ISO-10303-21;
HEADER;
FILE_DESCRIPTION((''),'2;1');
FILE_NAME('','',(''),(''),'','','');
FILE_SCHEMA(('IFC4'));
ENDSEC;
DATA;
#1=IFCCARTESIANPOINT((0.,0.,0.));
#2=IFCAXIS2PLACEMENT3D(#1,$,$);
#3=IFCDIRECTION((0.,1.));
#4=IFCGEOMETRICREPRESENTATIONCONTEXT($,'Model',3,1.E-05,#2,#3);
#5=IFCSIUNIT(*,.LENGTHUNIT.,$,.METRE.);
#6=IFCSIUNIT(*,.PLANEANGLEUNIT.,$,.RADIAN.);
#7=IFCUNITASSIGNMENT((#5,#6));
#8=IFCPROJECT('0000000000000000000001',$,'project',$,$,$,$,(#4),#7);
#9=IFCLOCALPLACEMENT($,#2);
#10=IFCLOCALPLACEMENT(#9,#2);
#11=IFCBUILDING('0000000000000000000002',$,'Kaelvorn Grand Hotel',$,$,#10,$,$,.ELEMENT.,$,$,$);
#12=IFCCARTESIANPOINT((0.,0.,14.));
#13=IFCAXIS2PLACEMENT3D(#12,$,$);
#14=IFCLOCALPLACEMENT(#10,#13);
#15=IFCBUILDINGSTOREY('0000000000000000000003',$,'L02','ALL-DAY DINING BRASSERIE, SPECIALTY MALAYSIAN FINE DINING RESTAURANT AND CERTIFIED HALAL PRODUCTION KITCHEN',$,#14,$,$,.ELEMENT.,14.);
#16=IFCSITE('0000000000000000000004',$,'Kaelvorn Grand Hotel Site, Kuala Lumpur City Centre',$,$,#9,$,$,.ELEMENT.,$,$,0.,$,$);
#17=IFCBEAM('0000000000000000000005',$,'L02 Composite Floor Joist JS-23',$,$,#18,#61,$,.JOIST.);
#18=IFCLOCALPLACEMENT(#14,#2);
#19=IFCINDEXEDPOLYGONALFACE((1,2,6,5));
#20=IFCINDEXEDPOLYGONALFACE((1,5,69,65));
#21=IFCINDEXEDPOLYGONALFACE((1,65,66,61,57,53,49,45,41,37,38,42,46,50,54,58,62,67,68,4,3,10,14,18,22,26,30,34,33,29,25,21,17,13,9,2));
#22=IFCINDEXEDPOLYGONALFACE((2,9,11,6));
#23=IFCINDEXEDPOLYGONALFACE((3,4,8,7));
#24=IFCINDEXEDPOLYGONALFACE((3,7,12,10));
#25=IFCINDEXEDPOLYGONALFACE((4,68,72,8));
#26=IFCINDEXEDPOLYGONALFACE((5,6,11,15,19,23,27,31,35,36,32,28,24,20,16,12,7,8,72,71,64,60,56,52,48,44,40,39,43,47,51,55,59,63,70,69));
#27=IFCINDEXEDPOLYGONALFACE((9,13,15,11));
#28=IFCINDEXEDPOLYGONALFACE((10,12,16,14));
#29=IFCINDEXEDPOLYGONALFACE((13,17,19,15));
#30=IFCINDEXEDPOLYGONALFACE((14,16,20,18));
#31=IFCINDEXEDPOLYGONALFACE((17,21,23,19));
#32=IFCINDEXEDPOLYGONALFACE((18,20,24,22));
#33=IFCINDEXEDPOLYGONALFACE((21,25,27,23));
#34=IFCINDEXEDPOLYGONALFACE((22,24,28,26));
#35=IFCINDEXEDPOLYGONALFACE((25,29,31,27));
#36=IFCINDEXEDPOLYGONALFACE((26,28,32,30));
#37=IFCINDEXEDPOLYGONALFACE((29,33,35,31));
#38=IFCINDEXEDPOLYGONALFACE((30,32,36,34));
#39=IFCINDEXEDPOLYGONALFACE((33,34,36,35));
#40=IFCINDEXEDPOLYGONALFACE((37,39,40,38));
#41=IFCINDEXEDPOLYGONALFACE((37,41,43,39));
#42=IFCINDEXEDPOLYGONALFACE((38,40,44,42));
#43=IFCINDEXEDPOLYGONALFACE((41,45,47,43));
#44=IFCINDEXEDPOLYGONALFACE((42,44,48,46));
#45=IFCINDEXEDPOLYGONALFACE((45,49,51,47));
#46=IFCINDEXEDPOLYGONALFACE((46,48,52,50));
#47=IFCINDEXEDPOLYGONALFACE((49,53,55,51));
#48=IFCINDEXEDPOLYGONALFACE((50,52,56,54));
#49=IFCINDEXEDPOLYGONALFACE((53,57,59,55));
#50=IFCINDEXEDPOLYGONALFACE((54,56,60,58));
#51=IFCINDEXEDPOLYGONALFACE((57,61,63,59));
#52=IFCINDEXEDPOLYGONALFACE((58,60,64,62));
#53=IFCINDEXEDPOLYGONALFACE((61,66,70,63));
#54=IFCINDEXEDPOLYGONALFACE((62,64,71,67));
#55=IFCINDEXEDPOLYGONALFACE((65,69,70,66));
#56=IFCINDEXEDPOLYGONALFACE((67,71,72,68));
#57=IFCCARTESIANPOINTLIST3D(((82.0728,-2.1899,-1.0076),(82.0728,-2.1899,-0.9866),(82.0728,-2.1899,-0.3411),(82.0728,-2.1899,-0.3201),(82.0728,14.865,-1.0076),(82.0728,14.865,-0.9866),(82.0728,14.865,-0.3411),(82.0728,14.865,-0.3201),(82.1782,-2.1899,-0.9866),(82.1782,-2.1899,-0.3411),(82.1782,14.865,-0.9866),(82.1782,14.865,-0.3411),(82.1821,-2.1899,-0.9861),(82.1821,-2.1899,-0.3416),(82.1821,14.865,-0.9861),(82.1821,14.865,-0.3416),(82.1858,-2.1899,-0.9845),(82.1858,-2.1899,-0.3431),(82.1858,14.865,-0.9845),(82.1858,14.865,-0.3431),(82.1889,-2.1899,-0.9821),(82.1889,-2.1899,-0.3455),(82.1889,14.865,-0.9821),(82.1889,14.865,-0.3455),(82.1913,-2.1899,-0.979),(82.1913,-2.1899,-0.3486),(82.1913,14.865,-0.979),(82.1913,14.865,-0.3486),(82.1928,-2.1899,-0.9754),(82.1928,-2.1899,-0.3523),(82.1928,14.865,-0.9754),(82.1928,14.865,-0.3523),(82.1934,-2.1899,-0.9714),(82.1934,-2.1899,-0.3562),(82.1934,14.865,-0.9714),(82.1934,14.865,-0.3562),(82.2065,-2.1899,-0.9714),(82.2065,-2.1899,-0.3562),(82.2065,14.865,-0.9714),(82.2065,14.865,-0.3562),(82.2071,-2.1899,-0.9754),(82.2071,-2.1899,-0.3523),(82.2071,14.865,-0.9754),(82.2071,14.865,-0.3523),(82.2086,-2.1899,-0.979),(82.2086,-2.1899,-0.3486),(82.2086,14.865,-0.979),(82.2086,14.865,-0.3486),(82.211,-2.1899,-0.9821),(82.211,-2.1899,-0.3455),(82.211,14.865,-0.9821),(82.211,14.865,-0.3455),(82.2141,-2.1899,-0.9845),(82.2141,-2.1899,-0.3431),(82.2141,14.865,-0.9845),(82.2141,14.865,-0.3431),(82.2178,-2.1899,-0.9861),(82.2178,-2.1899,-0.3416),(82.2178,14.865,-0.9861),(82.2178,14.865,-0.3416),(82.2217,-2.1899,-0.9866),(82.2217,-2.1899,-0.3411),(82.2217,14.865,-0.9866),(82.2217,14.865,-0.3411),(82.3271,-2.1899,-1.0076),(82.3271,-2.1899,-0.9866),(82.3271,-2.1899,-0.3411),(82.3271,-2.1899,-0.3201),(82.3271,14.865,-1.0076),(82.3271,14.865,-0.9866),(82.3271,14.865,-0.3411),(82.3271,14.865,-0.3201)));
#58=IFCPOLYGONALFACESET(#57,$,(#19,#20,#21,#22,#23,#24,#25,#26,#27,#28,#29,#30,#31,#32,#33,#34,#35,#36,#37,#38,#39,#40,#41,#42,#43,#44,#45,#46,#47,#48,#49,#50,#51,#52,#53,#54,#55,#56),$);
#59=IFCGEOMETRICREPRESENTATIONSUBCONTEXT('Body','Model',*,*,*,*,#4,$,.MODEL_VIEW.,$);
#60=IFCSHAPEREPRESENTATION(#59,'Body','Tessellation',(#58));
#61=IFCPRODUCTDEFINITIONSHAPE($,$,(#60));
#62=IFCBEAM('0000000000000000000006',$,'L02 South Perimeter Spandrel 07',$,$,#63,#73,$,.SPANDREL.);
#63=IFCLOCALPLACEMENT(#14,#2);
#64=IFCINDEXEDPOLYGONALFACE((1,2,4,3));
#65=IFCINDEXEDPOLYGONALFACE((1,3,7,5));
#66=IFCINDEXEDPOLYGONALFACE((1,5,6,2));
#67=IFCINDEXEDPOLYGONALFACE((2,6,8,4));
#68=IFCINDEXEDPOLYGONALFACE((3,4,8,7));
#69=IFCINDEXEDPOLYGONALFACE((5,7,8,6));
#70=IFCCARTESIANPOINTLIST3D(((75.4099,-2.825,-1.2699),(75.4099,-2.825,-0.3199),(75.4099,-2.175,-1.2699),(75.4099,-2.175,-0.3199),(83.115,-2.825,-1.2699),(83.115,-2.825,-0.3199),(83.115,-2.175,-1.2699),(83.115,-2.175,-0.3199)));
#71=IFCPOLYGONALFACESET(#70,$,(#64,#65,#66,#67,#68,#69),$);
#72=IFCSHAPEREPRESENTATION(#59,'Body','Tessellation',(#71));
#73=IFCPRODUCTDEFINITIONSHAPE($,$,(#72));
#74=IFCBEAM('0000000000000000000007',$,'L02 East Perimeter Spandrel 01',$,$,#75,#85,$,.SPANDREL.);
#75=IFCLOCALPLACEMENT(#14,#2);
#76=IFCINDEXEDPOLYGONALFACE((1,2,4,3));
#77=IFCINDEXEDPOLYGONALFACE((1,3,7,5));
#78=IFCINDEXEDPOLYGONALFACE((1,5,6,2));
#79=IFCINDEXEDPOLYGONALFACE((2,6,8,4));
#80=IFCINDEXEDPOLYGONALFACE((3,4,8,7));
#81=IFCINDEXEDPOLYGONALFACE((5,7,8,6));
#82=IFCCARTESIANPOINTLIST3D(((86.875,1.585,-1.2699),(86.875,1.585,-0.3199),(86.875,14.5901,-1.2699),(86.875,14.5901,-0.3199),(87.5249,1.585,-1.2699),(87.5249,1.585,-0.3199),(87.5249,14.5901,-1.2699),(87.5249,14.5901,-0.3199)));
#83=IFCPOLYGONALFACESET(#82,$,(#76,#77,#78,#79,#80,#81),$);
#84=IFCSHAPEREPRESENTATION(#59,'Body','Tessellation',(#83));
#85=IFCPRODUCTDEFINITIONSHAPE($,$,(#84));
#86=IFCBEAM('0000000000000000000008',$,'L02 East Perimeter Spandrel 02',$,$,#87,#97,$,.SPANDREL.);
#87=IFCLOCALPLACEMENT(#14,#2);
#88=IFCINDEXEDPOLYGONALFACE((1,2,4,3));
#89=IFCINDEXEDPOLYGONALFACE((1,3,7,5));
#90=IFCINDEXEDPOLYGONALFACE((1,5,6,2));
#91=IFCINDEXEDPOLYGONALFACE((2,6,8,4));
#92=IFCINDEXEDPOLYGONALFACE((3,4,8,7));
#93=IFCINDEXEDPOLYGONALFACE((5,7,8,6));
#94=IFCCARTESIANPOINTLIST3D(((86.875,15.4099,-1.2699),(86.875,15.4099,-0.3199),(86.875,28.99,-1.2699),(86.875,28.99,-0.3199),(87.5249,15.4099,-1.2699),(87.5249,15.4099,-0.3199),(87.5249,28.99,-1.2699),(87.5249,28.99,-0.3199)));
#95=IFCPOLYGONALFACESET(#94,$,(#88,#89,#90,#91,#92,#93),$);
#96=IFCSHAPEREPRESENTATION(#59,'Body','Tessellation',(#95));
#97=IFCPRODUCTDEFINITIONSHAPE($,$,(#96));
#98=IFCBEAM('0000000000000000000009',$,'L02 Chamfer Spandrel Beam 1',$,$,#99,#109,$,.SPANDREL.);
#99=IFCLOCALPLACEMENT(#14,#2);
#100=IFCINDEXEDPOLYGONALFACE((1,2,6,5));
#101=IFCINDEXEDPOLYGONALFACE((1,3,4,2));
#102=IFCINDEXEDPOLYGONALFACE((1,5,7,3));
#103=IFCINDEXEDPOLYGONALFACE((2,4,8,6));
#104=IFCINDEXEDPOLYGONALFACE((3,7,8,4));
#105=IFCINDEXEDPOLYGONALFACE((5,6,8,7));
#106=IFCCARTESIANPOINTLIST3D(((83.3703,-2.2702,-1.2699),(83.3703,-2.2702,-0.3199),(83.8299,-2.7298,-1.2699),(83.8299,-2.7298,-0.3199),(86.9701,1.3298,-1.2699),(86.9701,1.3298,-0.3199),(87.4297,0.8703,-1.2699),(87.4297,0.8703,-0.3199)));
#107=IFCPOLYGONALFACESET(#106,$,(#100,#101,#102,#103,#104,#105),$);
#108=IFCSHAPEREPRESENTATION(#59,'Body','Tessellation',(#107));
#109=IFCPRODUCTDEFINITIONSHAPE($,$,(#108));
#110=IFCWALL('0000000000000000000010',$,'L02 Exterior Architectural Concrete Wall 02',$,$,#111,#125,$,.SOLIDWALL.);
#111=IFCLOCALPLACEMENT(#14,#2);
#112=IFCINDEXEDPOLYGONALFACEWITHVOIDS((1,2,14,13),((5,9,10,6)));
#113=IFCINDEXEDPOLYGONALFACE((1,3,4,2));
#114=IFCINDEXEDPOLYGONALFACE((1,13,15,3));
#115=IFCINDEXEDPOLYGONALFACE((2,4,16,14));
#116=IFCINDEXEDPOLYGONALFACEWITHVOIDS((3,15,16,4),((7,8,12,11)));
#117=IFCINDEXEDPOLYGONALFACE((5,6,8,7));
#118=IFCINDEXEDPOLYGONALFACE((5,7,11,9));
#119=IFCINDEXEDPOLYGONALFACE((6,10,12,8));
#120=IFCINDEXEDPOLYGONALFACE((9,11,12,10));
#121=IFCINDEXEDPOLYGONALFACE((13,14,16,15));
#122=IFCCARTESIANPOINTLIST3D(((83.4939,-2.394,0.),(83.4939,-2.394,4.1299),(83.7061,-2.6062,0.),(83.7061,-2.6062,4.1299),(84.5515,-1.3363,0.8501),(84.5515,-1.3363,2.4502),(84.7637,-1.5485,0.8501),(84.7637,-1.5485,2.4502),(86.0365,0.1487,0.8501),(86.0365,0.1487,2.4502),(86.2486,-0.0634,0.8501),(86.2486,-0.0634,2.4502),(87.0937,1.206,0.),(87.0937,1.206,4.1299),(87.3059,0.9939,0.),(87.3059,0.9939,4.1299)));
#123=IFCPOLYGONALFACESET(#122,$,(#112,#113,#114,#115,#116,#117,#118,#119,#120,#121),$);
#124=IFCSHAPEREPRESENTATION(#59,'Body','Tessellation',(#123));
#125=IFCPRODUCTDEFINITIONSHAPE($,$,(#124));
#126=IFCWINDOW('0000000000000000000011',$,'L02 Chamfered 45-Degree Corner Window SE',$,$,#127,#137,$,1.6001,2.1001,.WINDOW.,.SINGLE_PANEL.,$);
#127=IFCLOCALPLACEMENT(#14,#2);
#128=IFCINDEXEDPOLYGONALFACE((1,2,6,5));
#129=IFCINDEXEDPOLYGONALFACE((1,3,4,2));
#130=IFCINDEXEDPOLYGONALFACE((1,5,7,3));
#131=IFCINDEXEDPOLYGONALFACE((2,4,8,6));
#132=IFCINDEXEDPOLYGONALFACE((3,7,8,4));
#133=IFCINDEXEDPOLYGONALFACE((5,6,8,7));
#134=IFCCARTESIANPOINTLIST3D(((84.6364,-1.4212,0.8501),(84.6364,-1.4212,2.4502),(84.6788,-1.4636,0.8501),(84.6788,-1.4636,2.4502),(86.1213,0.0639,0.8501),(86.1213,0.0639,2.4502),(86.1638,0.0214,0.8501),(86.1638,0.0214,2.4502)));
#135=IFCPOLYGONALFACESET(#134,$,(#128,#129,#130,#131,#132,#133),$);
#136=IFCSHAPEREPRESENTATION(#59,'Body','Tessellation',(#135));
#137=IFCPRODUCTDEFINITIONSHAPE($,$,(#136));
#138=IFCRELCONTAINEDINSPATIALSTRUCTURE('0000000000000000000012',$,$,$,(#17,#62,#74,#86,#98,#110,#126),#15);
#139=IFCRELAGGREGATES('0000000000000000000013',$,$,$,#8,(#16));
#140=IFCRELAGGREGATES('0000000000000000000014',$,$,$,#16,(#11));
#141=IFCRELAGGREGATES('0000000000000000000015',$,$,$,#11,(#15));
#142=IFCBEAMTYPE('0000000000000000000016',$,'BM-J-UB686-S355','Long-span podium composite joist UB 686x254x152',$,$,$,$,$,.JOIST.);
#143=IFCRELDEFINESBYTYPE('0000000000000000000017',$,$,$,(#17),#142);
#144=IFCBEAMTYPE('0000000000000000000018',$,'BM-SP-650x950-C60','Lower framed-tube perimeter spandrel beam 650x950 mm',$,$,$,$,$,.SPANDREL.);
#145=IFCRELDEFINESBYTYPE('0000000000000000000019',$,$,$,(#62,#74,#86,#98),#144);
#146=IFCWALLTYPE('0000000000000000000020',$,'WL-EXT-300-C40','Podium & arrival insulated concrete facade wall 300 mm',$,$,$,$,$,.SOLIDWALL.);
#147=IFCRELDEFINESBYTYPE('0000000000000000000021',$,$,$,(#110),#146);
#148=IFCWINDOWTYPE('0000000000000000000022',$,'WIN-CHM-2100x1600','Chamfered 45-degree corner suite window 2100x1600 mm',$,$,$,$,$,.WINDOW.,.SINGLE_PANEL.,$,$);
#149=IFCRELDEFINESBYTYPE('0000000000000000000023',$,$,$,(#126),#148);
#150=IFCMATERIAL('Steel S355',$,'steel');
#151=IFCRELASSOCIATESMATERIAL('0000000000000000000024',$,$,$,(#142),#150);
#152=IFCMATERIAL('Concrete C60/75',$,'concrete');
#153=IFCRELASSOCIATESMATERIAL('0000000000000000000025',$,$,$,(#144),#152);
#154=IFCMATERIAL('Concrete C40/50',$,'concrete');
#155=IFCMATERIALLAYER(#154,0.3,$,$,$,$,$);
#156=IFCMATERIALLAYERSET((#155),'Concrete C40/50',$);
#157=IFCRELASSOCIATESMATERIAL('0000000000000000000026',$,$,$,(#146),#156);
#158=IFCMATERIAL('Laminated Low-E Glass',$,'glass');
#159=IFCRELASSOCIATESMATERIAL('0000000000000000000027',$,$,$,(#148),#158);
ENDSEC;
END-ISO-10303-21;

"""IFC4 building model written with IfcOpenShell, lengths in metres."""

from ifc_helpers import new_model, si_unit, direction, frame, frame_2d, origin, origin_2d, place, context, subcontext, project, spatial, rectangle, i_section, extrude, material, layer, layer_set, material_profile, profile_set, type_object, element, fill, save


model = new_model("IFC4")

# Units and contexts
model_context = context("Model", 3, precision=1e-05, world=origin(), true_north=direction((0.0, 1.0)))
body_context = subcontext(model_context, "Body", "Model", "MODEL_VIEW")
ifc_project = project(units=[si_unit("LENGTHUNIT", "METRE"), si_unit("PLANEANGLEUNIT", "RADIAN")], contexts=[model_context])

# Site, building, storey
site_placement = place(None, origin())
site = spatial("IfcSite", under=ifc_project, at=site_placement, Name="Kaelvorn Grand Hotel Site, Kuala Lumpur City Centre", CompositionType="ELEMENT", RefElevation=0.0)
building_placement = place(site_placement, origin())
building = spatial("IfcBuilding", under=site, at=building_placement, Name="Kaelvorn Grand Hotel", CompositionType="ELEMENT")
storey_placement = place(building_placement, frame((0.0, 0.0, 14.0)))
storey = spatial("IfcBuildingStorey", under=building, at=storey_placement, Name="L02", Description="ALL-DAY DINING BRASSERIE, SPECIALTY MALAYSIAN FINE DINING RESTAURANT AND CERTIFIED HALAL PRODUCTION KITCHEN", CompositionType="ELEMENT", Elevation=14.0)

# Beams
ifc_material_1 = material(Name="Steel S355", Category="steel")
ifc_material_profile_1 = material_profile(ifc_material_1, i_section(OverallWidth=0.2544, OverallDepth=0.6875, WebThickness=0.0132, FlangeThickness=0.021, FilletRadius=0.0151, at=origin_2d()), Name="UB 686x254x152")
ifc_profile_set_1 = profile_set([ifc_material_profile_1], Name="Steel S355")
beam_type_1 = type_object("IfcBeamType", Name="BM-J-UB686-S355", Description="Long-span podium composite joist UB 686x254x152", PredefinedType="JOIST", material=ifc_profile_set_1)
for number, where, z_axis, x_axis, name in (
    (1, (82.2, -2.1899, -0.6638), (0.0, 1.0, 0.0), (-1.0, 0.0, 0.0), "L02 Composite Floor Joist JS-23"),
):
    element("IfcBeam", number, at=place(storey_placement, frame(where, z_axis=z_axis, x_axis=x_axis)), inside=storey, type_object=beam_type_1, Name=name, PredefinedType="JOIST", context=body_context, shape_type="SweptSolid", body=[
        extrude(i_section(OverallWidth=0.2544, OverallDepth=0.6875, WebThickness=0.0132, FlangeThickness=0.021, FilletRadius=0.0151, at=origin_2d()), origin(), (0.0, 0.0, 1.0), 17.0549),
    ])
ifc_material_2 = material(Name="Concrete C60/75", Category="concrete")
ifc_material_profile_2 = material_profile(ifc_material_2, rectangle(XDim=0.6499, YDim=0.95, at=origin_2d()), Name="RC SPANDREL 650x950")
ifc_profile_set_2 = profile_set([ifc_material_profile_2], Name="Concrete C60/75")
beam_type_2 = type_object("IfcBeamType", Name="BM-SP-650x950-C60", Description="Lower framed-tube perimeter spandrel beam 650x950 mm", PredefinedType="SPANDREL", material=ifc_profile_set_2)
beam_1_placement = place(storey_placement, frame((75.4099, -2.5, -0.7949), z_axis=(1.0, 0.0, 0.0), x_axis=(0.0, 1.0, 0.0)))
element("IfcBeam", 2, at=beam_1_placement, inside=storey, type_object=beam_type_2, Name="L02 South Perimeter Spandrel 07", PredefinedType="SPANDREL", context=body_context, shape_type="SweptSolid", body=[
    extrude(rectangle(XDim=0.6499, YDim=0.95, at=origin_2d()), origin(), (0.0, 0.0, 1.0), 7.7051),
])
beam_2_placement = place(storey_placement, frame((87.2, 1.585, -0.7949), z_axis=(0.0, 1.0, 0.0), x_axis=(-1.0, 0.0, 0.0)))
element("IfcBeam", 3, at=beam_2_placement, inside=storey, type_object=beam_type_2, Name="L02 East Perimeter Spandrel 01", PredefinedType="SPANDREL", context=body_context, shape_type="SweptSolid", body=[
    extrude(rectangle(XDim=0.6499, YDim=0.95, at=origin_2d()), origin(), (0.0, 0.0, 1.0), 13.0051),
])
beam_3_placement = place(storey_placement, frame((87.2, 15.4099, -0.7949), z_axis=(0.0, 1.0, 0.0), x_axis=(-1.0, 0.0, 0.0)))
element("IfcBeam", 4, at=beam_3_placement, inside=storey, type_object=beam_type_2, Name="L02 East Perimeter Spandrel 02", PredefinedType="SPANDREL", context=body_context, shape_type="SweptSolid", body=[
    extrude(rectangle(XDim=0.6499, YDim=0.95, at=origin_2d()), origin(), (0.0, 0.0, 1.0), 13.5801),
])
beam_4_placement = place(storey_placement, frame((83.6001, -2.5, -0.7949), z_axis=(0.707083, 0.707131, 0.0), x_axis=(-0.707131, 0.707083, 0.0)))
element("IfcBeam", 5, at=beam_4_placement, inside=storey, type_object=beam_type_2, Name="L02 Chamfer Spandrel Beam 1", PredefinedType="SPANDREL", context=body_context, shape_type="SweptSolid", body=[
    extrude(rectangle(XDim=0.6499, YDim=0.95, at=origin_2d()), origin(), (0.0, 0.0, 1.0), 5.0911),
])

# Wall, opening, window
ifc_material_3 = material(Name="Concrete C40/50", Category="concrete")
ifc_layer = layer(ifc_material_3, 0.3)
ifc_layer_set = layer_set([ifc_layer], Name="Concrete C40/50")
wall_type = type_object("IfcWallType", Name="WL-EXT-300-C40", Description="Podium & arrival insulated concrete facade wall 300 mm", PredefinedType="SOLIDWALL", material=ifc_layer_set)
wall_1_placement = place(storey_placement, frame((83.6001, -2.5, 0.0), z_axis=(0.0, 0.0, 1.0), x_axis=(0.707083, 0.707131, 0.0)))
wall_1 = element("IfcWall", 6, at=wall_1_placement, inside=storey, type_object=wall_type, Name="L02 Exterior Architectural Concrete Wall 02", PredefinedType="SOLIDWALL", context=body_context, shape_type="SweptSolid", body=[
    extrude(rectangle(XDim=5.0911, YDim=0.3, at=frame_2d((2.5454, 0.0))), origin(), (0.0, 0.0, 1.0), 4.1299),
])
opening_1_placement = place(wall_1_placement, frame((1.4956, 0.0, 0.8501)))
opening_1 = element("IfcOpeningElement", 7, at=opening_1_placement, cuts=wall_1, PredefinedType="OPENING", context=body_context, shape_type="SweptSolid", body=[
    extrude(rectangle(XDim=2.1001, YDim=1.6001, at=frame_2d((1.05, 0.8))), frame((0.0, 0.1602, 0.0), z_axis=(0.0, -1.0, 0.0), x_axis=(1.0, 0.0, 0.0)), (0.0, 0.0, 1.0), 0.3201),
])
ifc_material_4 = material(Name="Laminated Low-E Glass", Category="glass")
window_type_1 = type_object("IfcWindowType", Name="WIN-CHM-2100x1600", Description="Chamfered 45-degree corner suite window 2100x1600 mm", PartitioningType="SINGLE_PANEL", PredefinedType="WINDOW", material=ifc_material_4)
window_1_placement = place(opening_1_placement, origin())
window_1 = element("IfcWindow", 8, at=window_1_placement, inside=storey, type_object=window_type_1, Name="L02 Chamfered 45-Degree Corner Window SE", OverallHeight=1.6001, OverallWidth=2.1001, PartitioningType="SINGLE_PANEL", PredefinedType="WINDOW", context=body_context, shape_type="SweptSolid", body=[
    extrude(rectangle(XDim=2.1001, YDim=1.6001, at=frame_2d((1.05, 0.8))), frame((0.0, 0.03, 0.0), z_axis=(0.0, -1.0, 0.0), x_axis=(1.0, 0.0, 0.0)), (0.0, 0.0, 1.0), 0.0601),
])
fill(opening_1, window_1)

save(model, "model.ifc")
